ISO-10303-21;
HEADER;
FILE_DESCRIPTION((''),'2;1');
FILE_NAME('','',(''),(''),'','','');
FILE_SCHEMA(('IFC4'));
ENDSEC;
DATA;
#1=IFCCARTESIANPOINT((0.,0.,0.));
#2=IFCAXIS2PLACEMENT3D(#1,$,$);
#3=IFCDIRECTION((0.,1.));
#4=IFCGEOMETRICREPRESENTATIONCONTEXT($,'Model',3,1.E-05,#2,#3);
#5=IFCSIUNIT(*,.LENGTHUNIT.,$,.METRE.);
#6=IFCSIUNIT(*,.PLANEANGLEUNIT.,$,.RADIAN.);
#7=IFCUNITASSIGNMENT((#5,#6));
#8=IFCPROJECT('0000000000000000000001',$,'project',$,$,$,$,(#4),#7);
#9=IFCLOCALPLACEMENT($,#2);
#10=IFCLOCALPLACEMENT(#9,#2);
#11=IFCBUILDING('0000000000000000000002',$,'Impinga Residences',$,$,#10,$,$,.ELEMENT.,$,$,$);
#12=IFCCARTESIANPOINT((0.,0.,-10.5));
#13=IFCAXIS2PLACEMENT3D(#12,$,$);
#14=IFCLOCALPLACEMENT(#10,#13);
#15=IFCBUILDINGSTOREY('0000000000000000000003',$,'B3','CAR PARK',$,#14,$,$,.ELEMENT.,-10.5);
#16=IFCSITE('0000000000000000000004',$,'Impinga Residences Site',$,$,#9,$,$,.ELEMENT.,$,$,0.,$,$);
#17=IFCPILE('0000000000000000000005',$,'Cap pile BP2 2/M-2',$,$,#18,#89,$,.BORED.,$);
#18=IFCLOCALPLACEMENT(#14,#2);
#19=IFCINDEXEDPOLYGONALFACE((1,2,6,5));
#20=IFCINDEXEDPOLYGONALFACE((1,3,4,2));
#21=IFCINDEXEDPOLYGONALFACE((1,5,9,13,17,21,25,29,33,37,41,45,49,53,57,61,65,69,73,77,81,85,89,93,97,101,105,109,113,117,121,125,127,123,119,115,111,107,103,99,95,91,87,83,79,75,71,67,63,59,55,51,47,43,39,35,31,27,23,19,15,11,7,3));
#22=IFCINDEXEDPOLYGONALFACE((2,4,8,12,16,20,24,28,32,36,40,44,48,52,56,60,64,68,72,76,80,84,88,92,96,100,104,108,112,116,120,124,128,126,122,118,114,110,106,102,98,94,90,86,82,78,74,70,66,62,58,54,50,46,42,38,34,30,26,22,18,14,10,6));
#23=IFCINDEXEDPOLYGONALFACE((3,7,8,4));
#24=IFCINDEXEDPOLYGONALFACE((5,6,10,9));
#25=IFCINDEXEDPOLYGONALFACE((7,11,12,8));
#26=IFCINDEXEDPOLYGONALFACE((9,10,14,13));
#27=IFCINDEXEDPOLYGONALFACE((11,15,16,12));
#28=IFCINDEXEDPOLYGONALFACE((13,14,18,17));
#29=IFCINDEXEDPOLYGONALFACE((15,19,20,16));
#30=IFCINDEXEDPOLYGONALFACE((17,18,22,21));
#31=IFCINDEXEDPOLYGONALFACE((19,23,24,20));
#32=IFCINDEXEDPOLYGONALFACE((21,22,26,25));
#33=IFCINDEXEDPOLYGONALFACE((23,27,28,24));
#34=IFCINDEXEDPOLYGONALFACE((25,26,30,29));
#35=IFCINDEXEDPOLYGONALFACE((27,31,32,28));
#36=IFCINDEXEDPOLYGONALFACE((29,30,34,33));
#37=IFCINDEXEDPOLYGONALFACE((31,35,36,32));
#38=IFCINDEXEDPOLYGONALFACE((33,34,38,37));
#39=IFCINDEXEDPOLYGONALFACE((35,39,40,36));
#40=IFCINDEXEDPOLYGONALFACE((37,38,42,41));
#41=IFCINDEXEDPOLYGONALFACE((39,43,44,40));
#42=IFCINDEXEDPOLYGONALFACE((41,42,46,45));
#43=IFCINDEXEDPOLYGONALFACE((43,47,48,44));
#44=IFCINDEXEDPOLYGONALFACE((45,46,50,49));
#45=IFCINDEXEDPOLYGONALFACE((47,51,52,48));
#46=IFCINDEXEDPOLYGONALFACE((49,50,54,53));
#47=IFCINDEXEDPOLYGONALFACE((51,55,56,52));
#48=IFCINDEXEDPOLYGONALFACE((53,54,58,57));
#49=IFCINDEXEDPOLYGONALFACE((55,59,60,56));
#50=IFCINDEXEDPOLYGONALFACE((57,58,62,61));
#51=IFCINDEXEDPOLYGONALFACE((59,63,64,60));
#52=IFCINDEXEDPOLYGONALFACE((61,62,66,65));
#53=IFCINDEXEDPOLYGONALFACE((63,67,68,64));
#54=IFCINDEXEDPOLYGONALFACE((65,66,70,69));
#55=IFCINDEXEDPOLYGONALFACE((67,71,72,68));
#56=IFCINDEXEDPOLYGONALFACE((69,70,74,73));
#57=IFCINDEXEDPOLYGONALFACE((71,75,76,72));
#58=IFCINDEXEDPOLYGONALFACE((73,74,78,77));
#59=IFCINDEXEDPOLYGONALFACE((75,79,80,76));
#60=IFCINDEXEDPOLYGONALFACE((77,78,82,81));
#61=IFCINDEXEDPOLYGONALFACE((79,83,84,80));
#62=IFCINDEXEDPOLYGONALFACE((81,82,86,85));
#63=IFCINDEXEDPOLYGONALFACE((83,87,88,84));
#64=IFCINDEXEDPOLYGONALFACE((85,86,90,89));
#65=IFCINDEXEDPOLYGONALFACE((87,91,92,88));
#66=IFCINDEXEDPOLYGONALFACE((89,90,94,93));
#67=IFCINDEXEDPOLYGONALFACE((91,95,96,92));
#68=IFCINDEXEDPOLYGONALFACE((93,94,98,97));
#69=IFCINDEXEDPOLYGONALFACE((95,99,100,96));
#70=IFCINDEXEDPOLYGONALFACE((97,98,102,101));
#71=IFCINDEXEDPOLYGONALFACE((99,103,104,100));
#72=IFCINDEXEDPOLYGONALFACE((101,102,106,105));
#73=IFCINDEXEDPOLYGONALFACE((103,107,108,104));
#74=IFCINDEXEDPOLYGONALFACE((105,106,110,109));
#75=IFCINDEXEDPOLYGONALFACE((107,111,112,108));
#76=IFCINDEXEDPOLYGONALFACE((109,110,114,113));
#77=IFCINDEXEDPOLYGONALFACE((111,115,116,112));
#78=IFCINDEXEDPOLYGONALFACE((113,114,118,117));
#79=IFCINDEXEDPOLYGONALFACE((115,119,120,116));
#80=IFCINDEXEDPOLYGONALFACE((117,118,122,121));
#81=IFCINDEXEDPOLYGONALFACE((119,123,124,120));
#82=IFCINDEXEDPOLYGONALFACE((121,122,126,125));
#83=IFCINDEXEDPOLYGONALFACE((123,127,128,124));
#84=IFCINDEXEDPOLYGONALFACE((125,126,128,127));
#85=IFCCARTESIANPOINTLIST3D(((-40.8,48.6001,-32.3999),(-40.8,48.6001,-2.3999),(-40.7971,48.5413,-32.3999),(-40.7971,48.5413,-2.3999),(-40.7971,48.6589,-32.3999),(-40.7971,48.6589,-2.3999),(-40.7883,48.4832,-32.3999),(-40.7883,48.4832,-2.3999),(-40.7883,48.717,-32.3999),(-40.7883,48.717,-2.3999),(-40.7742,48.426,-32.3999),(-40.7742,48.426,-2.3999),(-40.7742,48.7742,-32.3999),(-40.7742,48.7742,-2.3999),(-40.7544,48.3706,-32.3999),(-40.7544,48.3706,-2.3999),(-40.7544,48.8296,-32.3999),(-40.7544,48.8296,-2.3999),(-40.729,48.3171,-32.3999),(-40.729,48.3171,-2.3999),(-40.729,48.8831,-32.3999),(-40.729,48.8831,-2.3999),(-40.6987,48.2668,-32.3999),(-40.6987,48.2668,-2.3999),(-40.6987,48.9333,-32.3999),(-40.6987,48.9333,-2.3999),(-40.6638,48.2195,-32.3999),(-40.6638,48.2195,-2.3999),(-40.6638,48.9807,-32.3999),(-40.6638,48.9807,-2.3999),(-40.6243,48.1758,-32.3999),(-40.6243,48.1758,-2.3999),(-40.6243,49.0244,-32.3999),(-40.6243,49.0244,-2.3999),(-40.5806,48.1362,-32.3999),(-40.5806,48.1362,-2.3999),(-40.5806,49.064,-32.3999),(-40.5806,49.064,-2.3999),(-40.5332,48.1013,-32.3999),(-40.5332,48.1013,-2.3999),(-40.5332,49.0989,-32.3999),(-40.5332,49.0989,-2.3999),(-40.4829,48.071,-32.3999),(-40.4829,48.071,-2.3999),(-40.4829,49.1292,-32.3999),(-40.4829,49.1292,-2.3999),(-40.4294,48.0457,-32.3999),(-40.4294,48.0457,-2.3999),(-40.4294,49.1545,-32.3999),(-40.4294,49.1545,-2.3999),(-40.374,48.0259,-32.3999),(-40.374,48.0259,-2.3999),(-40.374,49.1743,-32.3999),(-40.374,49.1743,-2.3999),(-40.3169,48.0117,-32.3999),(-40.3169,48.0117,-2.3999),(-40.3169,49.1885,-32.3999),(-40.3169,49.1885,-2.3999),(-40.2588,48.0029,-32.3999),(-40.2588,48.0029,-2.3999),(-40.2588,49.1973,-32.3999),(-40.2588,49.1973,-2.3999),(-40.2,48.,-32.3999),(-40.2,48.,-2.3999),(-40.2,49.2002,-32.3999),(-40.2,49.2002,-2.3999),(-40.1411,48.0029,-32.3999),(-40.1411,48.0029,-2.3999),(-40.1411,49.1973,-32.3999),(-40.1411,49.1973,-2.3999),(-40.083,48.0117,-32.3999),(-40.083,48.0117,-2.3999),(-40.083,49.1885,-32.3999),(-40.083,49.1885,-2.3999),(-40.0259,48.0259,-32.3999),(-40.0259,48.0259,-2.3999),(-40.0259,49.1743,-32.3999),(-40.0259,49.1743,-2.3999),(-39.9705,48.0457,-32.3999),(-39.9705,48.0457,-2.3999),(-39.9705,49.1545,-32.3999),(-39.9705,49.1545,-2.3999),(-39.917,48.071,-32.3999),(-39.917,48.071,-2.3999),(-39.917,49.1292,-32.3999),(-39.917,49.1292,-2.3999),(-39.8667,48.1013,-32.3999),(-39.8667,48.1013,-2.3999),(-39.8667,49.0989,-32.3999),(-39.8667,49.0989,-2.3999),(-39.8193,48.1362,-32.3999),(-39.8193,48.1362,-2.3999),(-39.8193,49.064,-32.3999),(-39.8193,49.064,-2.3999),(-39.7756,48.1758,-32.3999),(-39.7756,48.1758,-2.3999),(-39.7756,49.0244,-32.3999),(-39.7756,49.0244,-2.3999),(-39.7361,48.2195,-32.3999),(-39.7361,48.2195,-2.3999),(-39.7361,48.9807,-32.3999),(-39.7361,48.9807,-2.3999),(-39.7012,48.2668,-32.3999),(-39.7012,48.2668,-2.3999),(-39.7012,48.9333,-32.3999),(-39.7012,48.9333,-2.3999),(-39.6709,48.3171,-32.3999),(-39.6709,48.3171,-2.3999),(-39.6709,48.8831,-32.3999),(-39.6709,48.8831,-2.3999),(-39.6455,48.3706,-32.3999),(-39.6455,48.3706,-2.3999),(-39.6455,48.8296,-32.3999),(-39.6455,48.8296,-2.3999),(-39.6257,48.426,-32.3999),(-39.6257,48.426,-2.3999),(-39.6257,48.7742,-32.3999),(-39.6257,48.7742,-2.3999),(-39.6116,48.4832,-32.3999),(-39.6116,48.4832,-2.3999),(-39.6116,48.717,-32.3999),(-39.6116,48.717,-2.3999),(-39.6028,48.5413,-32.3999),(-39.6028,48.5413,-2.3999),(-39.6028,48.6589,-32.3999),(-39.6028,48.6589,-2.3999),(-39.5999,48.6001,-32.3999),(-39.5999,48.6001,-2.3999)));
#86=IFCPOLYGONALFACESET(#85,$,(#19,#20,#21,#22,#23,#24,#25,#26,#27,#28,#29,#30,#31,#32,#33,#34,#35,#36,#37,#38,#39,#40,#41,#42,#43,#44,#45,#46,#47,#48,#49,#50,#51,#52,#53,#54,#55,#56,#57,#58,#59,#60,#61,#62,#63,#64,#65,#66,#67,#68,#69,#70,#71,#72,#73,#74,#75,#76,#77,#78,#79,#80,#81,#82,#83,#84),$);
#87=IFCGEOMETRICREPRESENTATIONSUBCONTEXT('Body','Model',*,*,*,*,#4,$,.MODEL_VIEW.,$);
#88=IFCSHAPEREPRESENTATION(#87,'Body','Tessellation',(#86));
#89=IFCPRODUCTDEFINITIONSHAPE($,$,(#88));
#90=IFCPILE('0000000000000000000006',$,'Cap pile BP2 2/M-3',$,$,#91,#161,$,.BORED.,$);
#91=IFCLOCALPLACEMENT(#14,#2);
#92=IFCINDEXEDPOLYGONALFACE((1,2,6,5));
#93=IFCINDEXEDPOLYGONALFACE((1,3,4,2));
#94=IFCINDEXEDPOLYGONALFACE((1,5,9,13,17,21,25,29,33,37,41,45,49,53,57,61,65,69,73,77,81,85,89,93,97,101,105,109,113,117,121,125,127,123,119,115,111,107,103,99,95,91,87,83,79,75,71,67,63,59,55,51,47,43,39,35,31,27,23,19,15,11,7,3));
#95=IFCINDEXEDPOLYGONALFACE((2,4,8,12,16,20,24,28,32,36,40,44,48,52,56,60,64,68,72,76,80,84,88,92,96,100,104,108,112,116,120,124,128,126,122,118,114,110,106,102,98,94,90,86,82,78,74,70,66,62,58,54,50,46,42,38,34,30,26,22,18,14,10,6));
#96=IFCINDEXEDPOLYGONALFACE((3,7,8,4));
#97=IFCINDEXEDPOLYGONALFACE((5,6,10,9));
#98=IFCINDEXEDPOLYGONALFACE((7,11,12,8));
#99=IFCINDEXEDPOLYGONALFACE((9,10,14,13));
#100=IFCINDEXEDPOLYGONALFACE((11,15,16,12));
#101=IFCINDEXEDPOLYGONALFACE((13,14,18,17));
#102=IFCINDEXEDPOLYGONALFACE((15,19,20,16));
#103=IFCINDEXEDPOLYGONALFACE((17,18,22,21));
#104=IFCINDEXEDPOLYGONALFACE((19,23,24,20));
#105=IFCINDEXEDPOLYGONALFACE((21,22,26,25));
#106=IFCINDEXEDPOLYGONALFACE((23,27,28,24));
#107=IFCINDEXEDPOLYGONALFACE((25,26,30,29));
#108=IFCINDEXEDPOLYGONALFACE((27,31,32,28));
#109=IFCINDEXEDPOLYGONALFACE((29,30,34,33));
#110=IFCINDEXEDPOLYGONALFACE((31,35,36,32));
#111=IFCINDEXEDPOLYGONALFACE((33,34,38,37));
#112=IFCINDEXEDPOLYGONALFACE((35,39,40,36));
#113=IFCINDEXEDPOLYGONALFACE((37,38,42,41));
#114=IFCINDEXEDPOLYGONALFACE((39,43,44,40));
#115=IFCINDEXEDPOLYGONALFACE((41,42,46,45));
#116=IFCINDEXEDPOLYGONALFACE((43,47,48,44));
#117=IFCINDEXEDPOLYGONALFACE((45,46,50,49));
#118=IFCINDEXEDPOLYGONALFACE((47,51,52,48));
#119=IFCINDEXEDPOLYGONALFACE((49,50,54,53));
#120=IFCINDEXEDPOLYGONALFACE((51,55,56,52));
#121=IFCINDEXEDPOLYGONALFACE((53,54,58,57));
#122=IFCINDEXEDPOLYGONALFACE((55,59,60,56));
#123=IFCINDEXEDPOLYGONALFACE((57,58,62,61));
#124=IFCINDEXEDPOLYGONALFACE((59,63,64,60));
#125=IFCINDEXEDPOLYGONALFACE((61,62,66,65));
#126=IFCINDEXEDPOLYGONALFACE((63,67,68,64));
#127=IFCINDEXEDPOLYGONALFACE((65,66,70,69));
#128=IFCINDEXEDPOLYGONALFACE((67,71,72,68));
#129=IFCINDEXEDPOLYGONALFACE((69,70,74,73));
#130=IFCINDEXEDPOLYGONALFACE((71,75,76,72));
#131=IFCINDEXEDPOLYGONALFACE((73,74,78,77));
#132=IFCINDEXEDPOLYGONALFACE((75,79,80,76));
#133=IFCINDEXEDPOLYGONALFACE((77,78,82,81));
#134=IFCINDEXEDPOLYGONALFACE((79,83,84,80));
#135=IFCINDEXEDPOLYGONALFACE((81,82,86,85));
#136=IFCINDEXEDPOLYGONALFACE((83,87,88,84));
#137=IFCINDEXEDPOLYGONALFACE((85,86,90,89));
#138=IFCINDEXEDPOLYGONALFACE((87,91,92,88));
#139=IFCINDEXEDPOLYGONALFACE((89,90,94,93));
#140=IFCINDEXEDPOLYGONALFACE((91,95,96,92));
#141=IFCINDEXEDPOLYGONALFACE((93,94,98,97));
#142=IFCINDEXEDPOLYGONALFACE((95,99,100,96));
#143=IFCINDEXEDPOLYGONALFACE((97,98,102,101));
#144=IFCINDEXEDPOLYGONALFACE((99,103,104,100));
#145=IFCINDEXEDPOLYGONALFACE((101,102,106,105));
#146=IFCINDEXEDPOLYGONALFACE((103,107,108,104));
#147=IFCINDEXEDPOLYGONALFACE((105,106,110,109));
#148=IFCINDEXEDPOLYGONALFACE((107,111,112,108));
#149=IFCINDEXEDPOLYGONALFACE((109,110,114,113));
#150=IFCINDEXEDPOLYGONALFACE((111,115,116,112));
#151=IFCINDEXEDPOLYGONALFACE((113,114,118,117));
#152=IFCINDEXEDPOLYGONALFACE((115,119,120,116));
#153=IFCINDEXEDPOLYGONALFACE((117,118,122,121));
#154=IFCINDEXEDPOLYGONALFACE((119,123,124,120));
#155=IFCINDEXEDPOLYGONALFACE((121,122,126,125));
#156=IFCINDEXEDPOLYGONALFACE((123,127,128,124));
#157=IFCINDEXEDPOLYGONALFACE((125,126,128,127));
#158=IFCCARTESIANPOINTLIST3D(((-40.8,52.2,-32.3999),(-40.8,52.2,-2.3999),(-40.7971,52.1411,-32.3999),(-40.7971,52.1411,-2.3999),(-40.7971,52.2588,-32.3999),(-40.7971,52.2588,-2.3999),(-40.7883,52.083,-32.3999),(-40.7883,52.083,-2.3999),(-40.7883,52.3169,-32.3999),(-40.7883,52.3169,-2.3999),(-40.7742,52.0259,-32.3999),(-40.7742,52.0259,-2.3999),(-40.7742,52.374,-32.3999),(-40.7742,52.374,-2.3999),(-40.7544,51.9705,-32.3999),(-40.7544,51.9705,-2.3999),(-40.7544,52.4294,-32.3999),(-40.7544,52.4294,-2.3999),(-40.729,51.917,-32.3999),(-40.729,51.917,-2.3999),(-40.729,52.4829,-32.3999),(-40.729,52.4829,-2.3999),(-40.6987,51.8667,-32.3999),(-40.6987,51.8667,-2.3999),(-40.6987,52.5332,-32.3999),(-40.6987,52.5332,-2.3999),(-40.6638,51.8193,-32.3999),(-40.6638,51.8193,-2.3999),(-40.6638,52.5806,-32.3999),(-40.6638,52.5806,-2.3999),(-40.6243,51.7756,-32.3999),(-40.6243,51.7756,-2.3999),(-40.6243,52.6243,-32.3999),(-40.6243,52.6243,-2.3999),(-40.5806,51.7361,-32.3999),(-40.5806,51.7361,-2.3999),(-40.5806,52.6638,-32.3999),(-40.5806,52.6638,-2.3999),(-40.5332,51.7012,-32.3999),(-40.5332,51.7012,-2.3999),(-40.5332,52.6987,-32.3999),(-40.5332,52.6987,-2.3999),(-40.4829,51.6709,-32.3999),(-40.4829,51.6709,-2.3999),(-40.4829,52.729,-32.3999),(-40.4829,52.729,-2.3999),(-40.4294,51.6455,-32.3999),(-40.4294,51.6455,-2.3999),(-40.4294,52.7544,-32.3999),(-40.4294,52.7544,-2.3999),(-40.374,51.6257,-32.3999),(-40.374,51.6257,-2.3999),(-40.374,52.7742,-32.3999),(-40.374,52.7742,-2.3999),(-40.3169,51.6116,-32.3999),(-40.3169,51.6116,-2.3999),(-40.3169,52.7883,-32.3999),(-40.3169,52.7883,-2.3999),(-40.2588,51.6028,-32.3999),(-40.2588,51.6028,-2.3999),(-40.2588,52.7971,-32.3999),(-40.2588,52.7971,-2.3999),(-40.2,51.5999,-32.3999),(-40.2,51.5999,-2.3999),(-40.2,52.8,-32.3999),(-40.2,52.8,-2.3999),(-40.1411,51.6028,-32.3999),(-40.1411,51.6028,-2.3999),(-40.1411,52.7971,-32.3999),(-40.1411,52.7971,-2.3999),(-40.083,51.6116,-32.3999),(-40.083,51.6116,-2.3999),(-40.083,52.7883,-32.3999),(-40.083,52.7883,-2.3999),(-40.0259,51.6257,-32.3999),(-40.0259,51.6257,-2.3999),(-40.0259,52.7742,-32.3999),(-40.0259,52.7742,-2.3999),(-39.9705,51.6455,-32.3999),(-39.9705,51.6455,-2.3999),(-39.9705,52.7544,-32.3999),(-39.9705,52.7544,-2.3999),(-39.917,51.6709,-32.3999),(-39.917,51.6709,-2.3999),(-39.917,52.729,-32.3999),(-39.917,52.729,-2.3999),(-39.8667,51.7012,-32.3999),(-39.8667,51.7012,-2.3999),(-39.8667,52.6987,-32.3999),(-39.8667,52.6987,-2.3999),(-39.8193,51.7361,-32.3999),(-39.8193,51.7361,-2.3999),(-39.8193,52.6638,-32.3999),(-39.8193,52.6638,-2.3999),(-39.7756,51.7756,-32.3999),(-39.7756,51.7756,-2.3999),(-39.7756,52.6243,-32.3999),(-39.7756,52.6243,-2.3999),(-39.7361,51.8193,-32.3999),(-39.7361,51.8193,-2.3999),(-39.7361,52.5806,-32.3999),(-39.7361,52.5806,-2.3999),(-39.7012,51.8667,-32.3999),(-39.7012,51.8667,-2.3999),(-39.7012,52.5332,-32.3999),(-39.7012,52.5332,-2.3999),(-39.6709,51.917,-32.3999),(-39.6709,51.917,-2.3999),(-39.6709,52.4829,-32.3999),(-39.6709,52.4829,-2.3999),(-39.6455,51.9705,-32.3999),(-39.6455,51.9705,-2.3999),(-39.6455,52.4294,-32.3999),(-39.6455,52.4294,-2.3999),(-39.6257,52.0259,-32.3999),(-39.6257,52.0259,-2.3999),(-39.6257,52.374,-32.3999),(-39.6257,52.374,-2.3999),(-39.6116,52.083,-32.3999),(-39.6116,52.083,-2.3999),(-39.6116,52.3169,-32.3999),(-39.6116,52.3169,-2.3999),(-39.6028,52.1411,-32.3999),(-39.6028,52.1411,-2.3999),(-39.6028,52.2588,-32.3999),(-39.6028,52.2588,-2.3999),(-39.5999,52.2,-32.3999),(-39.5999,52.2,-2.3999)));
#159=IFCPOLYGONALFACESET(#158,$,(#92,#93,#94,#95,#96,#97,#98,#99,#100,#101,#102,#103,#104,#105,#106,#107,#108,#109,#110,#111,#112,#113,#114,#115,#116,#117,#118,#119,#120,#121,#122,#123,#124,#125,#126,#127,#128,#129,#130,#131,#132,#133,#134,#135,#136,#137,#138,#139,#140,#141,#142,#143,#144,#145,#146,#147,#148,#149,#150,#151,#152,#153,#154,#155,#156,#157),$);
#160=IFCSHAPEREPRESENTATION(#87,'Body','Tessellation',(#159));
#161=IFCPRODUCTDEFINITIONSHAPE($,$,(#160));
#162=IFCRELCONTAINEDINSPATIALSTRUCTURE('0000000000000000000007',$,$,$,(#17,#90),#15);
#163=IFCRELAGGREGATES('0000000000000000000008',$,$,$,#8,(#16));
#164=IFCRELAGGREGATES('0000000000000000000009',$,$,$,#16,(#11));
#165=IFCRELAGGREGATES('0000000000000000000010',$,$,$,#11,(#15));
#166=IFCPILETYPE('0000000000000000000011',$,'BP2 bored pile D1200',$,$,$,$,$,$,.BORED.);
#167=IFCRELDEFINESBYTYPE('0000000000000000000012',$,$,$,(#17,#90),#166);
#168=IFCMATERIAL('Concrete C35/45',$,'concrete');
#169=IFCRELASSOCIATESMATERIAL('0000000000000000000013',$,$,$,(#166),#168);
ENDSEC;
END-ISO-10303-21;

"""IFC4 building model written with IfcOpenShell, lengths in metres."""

from ifc_helpers import new_model, si_unit, direction, frame, origin, origin_2d, place, context, subcontext, project, spatial, polyline, circle, outline, extrude, material, material_profile, profile_set, type_object, element, save


model = new_model("IFC4")

# Units and contexts
model_context = context("Model", 3, precision=1e-05, world=origin(), true_north=direction((0.0, 1.0)))
body_context = subcontext(model_context, "Body", "Model", "MODEL_VIEW")
ifc_project = project(units=[si_unit("LENGTHUNIT", "METRE"), si_unit("PLANEANGLEUNIT", "RADIAN")], contexts=[model_context])

# Site, building, storey
site_placement = place(None, origin())
site = spatial("IfcSite", under=ifc_project, at=site_placement, Name="Impinga Residences Site", CompositionType="ELEMENT", RefElevation=0.0)
building_placement = place(site_placement, origin())
building = spatial("IfcBuilding", under=site, at=building_placement, Name="Impinga Residences", CompositionType="ELEMENT")
storey_placement = place(building_placement, frame((0.0, 0.0, -10.5)))
storey = spatial("IfcBuildingStorey", under=building, at=storey_placement, Name="B3", Description="CAR PARK", CompositionType="ELEMENT", Elevation=-10.5)

# Piles
ifc_material_1 = material(Name="Concrete C35/45", Category="concrete")
ifc_material_profile_1 = material_profile(ifc_material_1, circle(Radius=0.6001, at=origin_2d()), Name="D1200")
ifc_profile_set_1 = profile_set([ifc_material_profile_1], Name="Concrete C35/45")
pile_type = type_object("IfcPileType", Name="BP2 bored pile D1200", PredefinedType="BORED", material=ifc_profile_set_1)
pile_1_placement = place(storey_placement, frame((-40.2, 48.6001, -2.3999), z_axis=(0.0, 0.0, -1.0), x_axis=(1.0, 0.0, 0.0)))
element("IfcPile", 1, at=pile_1_placement, inside=storey, type_object=pile_type, Name="Cap pile BP2 2/M-2", PredefinedType="BORED", context=body_context, shape_type="SweptSolid", body=[
    extrude(outline(polyline([(0.6001, 0.0), (0.5972, 0.0588), (0.5884, 0.1169), (0.5742, 0.1741), (0.5544, 0.2295), (0.5291, 0.283), (0.4988, 0.3333), (0.4639, 0.3806), (0.4243, 0.4243), (0.3806, 0.4639), (0.3333, 0.4988), (0.283, 0.5291), (0.2295, 0.5544), (0.1741, 0.5742), (0.1169, 0.5884), (0.0588, 0.5972), (0.0, 0.6001), (-0.0588, 0.5972), (-0.1169, 0.5884), (-0.1741, 0.5742), (-0.2295, 0.5544), (-0.283, 0.5291), (-0.3333, 0.4988), (-0.3806, 0.4639), (-0.4243, 0.4243), (-0.4639, 0.3806), (-0.4988, 0.3333), (-0.5291, 0.283), (-0.5544, 0.2295), (-0.5742, 0.1741), (-0.5884, 0.1169), (-0.5972, 0.0588), (-0.6001, 0.0), (-0.5972, -0.0588), (-0.5884, -0.1169), (-0.5742, -0.1741), (-0.5544, -0.2295), (-0.5291, -0.283), (-0.4988, -0.3333), (-0.4639, -0.3806), (-0.4243, -0.4243), (-0.3806, -0.4639), (-0.3333, -0.4988), (-0.283, -0.5291), (-0.2295, -0.5544), (-0.1741, -0.5742), (-0.1169, -0.5884), (-0.0588, -0.5972), (0.0, -0.6001), (0.0588, -0.5972), (0.1169, -0.5884), (0.1741, -0.5742), (0.2295, -0.5544), (0.283, -0.5291), (0.3333, -0.4988), (0.3806, -0.4639), (0.4243, -0.4243), (0.4639, -0.3806), (0.4988, -0.3333), (0.5291, -0.283), (0.5544, -0.2295), (0.5742, -0.1741), (0.5884, -0.1169), (0.5972, -0.0588), (0.6001, 0.0)])), origin(), (0.0, 0.0, 1.0), 30.0),
])
pile_2_placement = place(storey_placement, frame((-40.2, 52.2, -2.3999), z_axis=(0.0, 0.0, -1.0), x_axis=(1.0, 0.0, 0.0)))
element("IfcPile", 2, at=pile_2_placement, inside=storey, type_object=pile_type, Name="Cap pile BP2 2/M-3", PredefinedType="BORED", context=body_context, shape_type="SweptSolid", body=[
    extrude(outline(polyline([(0.6001, 0.0), (0.5972, 0.0588), (0.5884, 0.1169), (0.5742, 0.1741), (0.5544, 0.2295), (0.5291, 0.283), (0.4988, 0.3333), (0.4639, 0.3806), (0.4243, 0.4243), (0.3806, 0.4639), (0.3333, 0.4988), (0.283, 0.5291), (0.2295, 0.5544), (0.1741, 0.5742), (0.1169, 0.5884), (0.0588, 0.5972), (0.0, 0.6001), (-0.0588, 0.5972), (-0.1169, 0.5884), (-0.1741, 0.5742), (-0.2295, 0.5544), (-0.283, 0.5291), (-0.3333, 0.4988), (-0.3806, 0.4639), (-0.4243, 0.4243), (-0.4639, 0.3806), (-0.4988, 0.3333), (-0.5291, 0.283), (-0.5544, 0.2295), (-0.5742, 0.1741), (-0.5884, 0.1169), (-0.5972, 0.0588), (-0.6001, 0.0), (-0.5972, -0.0588), (-0.5884, -0.1169), (-0.5742, -0.1741), (-0.5544, -0.2295), (-0.5291, -0.283), (-0.4988, -0.3333), (-0.4639, -0.3806), (-0.4243, -0.4243), (-0.3806, -0.4639), (-0.3333, -0.4988), (-0.283, -0.5291), (-0.2295, -0.5544), (-0.1741, -0.5742), (-0.1169, -0.5884), (-0.0588, -0.5972), (0.0, -0.6001), (0.0588, -0.5972), (0.1169, -0.5884), (0.1741, -0.5742), (0.2295, -0.5544), (0.283, -0.5291), (0.3333, -0.4988), (0.3806, -0.4639), (0.4243, -0.4243), (0.4639, -0.3806), (0.4988, -0.3333), (0.5291, -0.283), (0.5544, -0.2295), (0.5742, -0.1741), (0.5884, -0.1169), (0.5972, -0.0588), (0.6001, 0.0)])), origin(), (0.0, 0.0, 1.0), 30.0),
])

save(model, "model.ifc")
